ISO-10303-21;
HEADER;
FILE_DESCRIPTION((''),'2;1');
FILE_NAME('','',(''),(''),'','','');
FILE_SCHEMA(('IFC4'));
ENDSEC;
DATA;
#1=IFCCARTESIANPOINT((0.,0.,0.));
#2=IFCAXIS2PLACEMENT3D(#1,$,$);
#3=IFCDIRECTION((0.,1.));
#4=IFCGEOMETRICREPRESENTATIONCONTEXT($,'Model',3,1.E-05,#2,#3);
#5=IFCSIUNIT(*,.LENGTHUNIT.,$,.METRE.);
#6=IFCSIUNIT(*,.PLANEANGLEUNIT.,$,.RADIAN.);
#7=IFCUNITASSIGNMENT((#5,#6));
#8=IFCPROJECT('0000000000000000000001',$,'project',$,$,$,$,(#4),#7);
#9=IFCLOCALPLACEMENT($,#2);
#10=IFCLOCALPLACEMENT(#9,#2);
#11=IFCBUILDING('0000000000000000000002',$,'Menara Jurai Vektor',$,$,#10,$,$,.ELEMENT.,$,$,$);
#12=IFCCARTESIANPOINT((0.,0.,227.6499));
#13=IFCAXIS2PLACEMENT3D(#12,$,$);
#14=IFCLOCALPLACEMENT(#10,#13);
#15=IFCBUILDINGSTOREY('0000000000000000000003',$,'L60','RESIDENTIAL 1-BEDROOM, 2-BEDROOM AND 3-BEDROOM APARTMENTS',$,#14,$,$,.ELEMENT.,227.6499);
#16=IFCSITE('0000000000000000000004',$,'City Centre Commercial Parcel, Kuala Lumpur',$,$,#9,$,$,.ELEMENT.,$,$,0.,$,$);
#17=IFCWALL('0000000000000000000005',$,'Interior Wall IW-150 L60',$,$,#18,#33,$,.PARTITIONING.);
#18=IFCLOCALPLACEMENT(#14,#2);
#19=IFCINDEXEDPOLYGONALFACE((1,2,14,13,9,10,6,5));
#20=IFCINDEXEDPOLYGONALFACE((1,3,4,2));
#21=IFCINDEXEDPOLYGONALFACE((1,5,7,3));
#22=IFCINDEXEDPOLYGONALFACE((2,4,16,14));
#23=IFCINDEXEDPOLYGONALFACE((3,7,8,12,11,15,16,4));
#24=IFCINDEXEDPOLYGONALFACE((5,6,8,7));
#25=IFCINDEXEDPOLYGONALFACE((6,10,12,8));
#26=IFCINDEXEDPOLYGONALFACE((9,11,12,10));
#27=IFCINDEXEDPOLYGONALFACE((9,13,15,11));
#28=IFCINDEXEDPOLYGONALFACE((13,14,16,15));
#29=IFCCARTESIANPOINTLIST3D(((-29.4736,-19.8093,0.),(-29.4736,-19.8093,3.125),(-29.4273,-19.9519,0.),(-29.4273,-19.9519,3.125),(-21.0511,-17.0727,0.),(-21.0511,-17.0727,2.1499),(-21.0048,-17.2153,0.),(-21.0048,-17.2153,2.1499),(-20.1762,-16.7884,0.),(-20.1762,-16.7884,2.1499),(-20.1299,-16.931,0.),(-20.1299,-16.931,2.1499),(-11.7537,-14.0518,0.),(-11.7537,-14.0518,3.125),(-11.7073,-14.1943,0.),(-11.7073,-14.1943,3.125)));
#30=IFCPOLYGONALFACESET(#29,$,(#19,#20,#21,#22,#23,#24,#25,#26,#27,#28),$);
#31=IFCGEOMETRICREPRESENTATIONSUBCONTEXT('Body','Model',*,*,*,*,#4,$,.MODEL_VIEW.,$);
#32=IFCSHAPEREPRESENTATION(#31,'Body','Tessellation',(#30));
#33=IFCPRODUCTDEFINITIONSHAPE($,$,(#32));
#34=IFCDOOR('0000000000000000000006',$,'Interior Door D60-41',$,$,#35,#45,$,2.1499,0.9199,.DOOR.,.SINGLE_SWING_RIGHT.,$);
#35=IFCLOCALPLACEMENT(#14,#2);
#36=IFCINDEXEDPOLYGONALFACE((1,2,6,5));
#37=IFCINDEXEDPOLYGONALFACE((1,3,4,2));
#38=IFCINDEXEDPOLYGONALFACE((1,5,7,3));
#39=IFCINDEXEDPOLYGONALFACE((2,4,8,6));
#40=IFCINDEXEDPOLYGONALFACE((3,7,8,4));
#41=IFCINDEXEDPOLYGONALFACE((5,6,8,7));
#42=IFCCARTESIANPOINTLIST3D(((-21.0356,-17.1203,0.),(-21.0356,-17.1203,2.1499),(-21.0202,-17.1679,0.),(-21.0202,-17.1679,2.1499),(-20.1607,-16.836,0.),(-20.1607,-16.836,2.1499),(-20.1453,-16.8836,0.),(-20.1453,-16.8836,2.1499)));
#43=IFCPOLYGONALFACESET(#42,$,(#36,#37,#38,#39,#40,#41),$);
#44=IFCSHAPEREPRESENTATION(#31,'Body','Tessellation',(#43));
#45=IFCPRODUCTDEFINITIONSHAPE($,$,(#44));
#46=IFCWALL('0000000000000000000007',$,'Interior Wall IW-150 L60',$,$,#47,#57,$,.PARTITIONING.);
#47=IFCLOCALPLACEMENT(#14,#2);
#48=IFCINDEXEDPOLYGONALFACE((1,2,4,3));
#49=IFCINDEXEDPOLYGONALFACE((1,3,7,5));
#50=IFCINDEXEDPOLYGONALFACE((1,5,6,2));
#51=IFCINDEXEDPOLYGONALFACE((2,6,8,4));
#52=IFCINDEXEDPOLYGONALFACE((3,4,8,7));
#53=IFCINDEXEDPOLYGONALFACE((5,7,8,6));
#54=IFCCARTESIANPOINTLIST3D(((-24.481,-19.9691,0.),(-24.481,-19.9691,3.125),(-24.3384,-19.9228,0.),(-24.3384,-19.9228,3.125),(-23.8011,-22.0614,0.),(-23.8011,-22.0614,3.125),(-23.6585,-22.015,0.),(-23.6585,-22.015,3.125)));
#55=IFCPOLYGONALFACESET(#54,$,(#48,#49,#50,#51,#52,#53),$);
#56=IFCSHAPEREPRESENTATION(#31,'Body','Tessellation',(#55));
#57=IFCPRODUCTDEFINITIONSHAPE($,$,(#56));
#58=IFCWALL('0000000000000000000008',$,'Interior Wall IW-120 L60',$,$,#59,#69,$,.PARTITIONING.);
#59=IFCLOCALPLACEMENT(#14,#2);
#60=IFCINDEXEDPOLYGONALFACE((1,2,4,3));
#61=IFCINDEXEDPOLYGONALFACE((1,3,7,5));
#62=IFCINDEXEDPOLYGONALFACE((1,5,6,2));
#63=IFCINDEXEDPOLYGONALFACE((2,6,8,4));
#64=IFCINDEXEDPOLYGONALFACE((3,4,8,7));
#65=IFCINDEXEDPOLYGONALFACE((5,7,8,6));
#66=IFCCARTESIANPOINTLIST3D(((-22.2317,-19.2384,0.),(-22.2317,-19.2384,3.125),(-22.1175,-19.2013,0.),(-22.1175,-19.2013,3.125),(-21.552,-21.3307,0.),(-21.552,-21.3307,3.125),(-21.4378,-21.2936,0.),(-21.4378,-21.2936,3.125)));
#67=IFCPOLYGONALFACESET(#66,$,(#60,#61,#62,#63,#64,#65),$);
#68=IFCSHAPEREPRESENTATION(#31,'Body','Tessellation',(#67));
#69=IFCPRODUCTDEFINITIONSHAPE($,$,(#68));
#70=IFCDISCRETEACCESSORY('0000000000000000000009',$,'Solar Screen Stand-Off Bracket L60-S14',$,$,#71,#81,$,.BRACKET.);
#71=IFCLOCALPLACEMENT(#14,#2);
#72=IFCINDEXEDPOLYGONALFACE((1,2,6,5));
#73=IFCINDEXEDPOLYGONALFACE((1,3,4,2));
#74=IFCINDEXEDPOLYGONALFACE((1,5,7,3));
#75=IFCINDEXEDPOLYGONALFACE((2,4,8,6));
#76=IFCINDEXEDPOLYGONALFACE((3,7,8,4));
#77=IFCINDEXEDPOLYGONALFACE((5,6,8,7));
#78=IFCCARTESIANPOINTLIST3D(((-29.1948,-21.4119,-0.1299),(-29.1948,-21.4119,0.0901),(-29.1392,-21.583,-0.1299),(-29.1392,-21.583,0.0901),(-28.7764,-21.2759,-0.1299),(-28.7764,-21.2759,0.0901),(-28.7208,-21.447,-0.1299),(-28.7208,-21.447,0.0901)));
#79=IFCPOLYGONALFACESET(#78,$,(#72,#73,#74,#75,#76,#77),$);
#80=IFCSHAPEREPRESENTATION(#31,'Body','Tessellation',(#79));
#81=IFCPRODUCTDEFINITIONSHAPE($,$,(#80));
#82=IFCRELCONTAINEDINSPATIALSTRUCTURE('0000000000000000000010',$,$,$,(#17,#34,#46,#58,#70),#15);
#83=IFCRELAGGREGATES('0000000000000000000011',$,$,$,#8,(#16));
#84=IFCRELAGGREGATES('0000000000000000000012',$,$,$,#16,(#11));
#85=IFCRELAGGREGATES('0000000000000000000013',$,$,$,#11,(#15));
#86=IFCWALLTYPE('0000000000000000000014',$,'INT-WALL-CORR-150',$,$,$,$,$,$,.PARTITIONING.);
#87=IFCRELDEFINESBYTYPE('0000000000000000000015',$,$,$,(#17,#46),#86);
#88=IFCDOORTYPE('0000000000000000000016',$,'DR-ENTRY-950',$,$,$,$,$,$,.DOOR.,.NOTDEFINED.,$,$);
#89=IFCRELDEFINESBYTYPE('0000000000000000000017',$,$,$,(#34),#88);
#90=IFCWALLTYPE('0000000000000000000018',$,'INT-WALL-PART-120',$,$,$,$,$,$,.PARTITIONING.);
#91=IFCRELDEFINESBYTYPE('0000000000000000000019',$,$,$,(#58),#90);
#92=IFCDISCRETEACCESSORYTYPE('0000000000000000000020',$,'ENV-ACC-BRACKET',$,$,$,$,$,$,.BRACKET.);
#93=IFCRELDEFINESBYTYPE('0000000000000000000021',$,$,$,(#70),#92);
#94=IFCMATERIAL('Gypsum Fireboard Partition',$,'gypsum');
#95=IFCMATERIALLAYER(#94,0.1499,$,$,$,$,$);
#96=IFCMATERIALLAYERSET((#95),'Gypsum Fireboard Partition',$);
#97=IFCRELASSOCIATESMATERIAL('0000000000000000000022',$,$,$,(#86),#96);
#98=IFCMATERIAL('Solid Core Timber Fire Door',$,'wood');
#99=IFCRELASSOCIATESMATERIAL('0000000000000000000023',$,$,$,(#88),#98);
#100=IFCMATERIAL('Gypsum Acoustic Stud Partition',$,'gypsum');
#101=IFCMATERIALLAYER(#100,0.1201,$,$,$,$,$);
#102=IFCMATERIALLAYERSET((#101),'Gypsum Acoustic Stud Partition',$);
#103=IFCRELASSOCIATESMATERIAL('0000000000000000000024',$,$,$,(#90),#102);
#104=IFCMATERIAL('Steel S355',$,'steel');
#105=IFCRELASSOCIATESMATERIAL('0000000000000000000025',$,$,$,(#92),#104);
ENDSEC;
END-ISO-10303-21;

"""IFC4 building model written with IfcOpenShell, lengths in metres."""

from ifc_helpers import new_model, si_unit, direction, frame, frame_2d, origin, origin_2d, place, context, subcontext, project, spatial, rectangle, extrude, material, layer, layer_set, type_object, element, fill, save


model = new_model("IFC4")

# Units and contexts
model_context = context("Model", 3, precision=1e-05, world=origin(), true_north=direction((0.0, 1.0)))
body_context = subcontext(model_context, "Body", "Model", "MODEL_VIEW")
ifc_project = project(units=[si_unit("LENGTHUNIT", "METRE"), si_unit("PLANEANGLEUNIT", "RADIAN")], contexts=[model_context])

# Site, building, storey
site_placement = place(None, origin())
site = spatial("IfcSite", under=ifc_project, at=site_placement, Name="City Centre Commercial Parcel, Kuala Lumpur", CompositionType="ELEMENT", RefElevation=0.0)
building_placement = place(site_placement, origin())
building = spatial("IfcBuilding", under=site, at=building_placement, Name="Menara Jurai Vektor", CompositionType="ELEMENT")
storey_placement = place(building_placement, frame((0.0, 0.0, 227.6499)))
storey = spatial("IfcBuildingStorey", under=building, at=storey_placement, Name="L60", Description="RESIDENTIAL 1-BEDROOM, 2-BEDROOM AND 3-BEDROOM APARTMENTS", CompositionType="ELEMENT", Elevation=227.6499)

# Shared definitions
ifc_material_1 = material(Name="Steel S355", Category="steel")

# Shared definitions
ifc_material_2 = material(Name="Gypsum Fireboard Partition", Category="gypsum")
ifc_layer_1 = layer(ifc_material_2, 0.1499)
ifc_layer_set_1 = layer_set([ifc_layer_1], Name="Gypsum Fireboard Partition")
wall_type_1 = type_object("IfcWallType", Name="INT-WALL-CORR-150", PredefinedType="PARTITIONING", material=ifc_layer_set_1)

# Wall, opening, door
wall_1_placement = place(storey_placement, frame((-29.4504, -19.8806, 0.0), z_axis=(0.0, 0.0, 1.0), x_axis=(0.951057, 0.309017, 0.0)))
wall_1 = element("IfcWall", 1, at=wall_1_placement, inside=storey, type_object=wall_type_1, Name="Interior Wall IW-150 L60", PredefinedType="PARTITIONING", context=body_context, shape_type="SweptSolid", body=[
    extrude(rectangle(XDim=18.6318, YDim=0.1499, at=frame_2d((9.3159, 0.0))), origin(), (0.0, 0.0, 1.0), 3.125),
])
opening_1_placement = place(wall_1_placement, frame((8.856, 0.0, 0.0)))
opening_1 = element("IfcOpeningElement", 2, at=opening_1_placement, cuts=wall_1, PredefinedType="OPENING", context=body_context, shape_type="SweptSolid", body=[
    extrude(rectangle(XDim=0.9199, YDim=2.1499, at=frame_2d((0.46, 1.075))), frame((0.0, 0.085, 0.0), z_axis=(0.0, -1.0, 0.0), x_axis=(1.0, 0.0, 0.0)), (0.0, 0.0, 1.0), 0.1699),
])
ifc_material_3 = material(Name="Solid Core Timber Fire Door", Category="wood")
door_type_1 = type_object("IfcDoorType", Name="DR-ENTRY-950", OperationType="NOTDEFINED", PredefinedType="DOOR", material=ifc_material_3)
door_1_placement = place(opening_1_placement, origin())
door_1 = element("IfcDoor", 3, at=door_1_placement, inside=storey, type_object=door_type_1, Name="Interior Door D60-41", OperationType="SINGLE_SWING_RIGHT", OverallHeight=2.1499, OverallWidth=0.9199, PredefinedType="DOOR", context=body_context, shape_type="SweptSolid", body=[
    extrude(rectangle(XDim=0.9199, YDim=2.1499, at=frame_2d((0.46, 1.075))), frame((0.0, 0.0249, 0.0), z_axis=(0.0, -1.0, 0.0), x_axis=(1.0, 0.0, 0.0)), (0.0, 0.0, 1.0), 0.05),
])
fill(opening_1, door_1)

# Wall
wall_2_placement = place(storey_placement, frame((-23.7297, -22.0383, 0.0), z_axis=(0.0, 0.0, 1.0), x_axis=(-0.309061, 0.951042, 0.0)))
element("IfcWall", 4, at=wall_2_placement, inside=storey, type_object=wall_type_1, Name="Interior Wall IW-150 L60", PredefinedType="PARTITIONING", context=body_context, shape_type="SweptSolid", body=[
    extrude(rectangle(XDim=2.2, YDim=0.1499, at=frame_2d((1.1001, 0.0))), origin(), (0.0, 0.0, 1.0), 3.125),
])

# Wall
ifc_material_4 = material(Name="Gypsum Acoustic Stud Partition", Category="gypsum")
ifc_layer_2 = layer(ifc_material_4, 0.1201)
ifc_layer_set_2 = layer_set([ifc_layer_2], Name="Gypsum Acoustic Stud Partition")
wall_type_2 = type_object("IfcWallType", Name="INT-WALL-PART-120", PredefinedType="PARTITIONING", material=ifc_layer_set_2)
wall_3_placement = place(storey_placement, frame((-21.4949, -21.3123, 0.0), z_axis=(0.0, 0.0, 1.0), x_axis=(-0.308961, 0.951075, 0.0)))
element("IfcWall", 5, at=wall_3_placement, inside=storey, type_object=wall_type_2, Name="Interior Wall IW-120 L60", PredefinedType="PARTITIONING", context=body_context, shape_type="SweptSolid", body=[
    extrude(rectangle(XDim=2.2, YDim=0.1201, at=frame_2d((1.1001, 0.0))), origin(), (0.0, 0.0, 1.0), 3.125),
])

# Discrete accessory
discrete_accessory_type = type_object("IfcDiscreteAccessoryType", Name="ENV-ACC-BRACKET", PredefinedType="BRACKET", material=ifc_material_1)
discrete_accessory_placement = place(storey_placement, frame((-28.9578, -21.4294, -0.1299), z_axis=(0.0, 0.0, 1.0), x_axis=(0.309017, -0.951057, 0.0)))
element("IfcDiscreteAccessory", 6, at=discrete_accessory_placement, inside=storey, type_object=discrete_accessory_type, Name="Solar Screen Stand-Off Bracket L60-S14", PredefinedType="BRACKET", context=body_context, shape_type="SweptSolid", body=[
    extrude(rectangle(XDim=0.1799, YDim=0.4399, at=origin_2d()), origin(), (0.0, 0.0, 1.0), 0.22),
])

save(model, "model.ifc")
